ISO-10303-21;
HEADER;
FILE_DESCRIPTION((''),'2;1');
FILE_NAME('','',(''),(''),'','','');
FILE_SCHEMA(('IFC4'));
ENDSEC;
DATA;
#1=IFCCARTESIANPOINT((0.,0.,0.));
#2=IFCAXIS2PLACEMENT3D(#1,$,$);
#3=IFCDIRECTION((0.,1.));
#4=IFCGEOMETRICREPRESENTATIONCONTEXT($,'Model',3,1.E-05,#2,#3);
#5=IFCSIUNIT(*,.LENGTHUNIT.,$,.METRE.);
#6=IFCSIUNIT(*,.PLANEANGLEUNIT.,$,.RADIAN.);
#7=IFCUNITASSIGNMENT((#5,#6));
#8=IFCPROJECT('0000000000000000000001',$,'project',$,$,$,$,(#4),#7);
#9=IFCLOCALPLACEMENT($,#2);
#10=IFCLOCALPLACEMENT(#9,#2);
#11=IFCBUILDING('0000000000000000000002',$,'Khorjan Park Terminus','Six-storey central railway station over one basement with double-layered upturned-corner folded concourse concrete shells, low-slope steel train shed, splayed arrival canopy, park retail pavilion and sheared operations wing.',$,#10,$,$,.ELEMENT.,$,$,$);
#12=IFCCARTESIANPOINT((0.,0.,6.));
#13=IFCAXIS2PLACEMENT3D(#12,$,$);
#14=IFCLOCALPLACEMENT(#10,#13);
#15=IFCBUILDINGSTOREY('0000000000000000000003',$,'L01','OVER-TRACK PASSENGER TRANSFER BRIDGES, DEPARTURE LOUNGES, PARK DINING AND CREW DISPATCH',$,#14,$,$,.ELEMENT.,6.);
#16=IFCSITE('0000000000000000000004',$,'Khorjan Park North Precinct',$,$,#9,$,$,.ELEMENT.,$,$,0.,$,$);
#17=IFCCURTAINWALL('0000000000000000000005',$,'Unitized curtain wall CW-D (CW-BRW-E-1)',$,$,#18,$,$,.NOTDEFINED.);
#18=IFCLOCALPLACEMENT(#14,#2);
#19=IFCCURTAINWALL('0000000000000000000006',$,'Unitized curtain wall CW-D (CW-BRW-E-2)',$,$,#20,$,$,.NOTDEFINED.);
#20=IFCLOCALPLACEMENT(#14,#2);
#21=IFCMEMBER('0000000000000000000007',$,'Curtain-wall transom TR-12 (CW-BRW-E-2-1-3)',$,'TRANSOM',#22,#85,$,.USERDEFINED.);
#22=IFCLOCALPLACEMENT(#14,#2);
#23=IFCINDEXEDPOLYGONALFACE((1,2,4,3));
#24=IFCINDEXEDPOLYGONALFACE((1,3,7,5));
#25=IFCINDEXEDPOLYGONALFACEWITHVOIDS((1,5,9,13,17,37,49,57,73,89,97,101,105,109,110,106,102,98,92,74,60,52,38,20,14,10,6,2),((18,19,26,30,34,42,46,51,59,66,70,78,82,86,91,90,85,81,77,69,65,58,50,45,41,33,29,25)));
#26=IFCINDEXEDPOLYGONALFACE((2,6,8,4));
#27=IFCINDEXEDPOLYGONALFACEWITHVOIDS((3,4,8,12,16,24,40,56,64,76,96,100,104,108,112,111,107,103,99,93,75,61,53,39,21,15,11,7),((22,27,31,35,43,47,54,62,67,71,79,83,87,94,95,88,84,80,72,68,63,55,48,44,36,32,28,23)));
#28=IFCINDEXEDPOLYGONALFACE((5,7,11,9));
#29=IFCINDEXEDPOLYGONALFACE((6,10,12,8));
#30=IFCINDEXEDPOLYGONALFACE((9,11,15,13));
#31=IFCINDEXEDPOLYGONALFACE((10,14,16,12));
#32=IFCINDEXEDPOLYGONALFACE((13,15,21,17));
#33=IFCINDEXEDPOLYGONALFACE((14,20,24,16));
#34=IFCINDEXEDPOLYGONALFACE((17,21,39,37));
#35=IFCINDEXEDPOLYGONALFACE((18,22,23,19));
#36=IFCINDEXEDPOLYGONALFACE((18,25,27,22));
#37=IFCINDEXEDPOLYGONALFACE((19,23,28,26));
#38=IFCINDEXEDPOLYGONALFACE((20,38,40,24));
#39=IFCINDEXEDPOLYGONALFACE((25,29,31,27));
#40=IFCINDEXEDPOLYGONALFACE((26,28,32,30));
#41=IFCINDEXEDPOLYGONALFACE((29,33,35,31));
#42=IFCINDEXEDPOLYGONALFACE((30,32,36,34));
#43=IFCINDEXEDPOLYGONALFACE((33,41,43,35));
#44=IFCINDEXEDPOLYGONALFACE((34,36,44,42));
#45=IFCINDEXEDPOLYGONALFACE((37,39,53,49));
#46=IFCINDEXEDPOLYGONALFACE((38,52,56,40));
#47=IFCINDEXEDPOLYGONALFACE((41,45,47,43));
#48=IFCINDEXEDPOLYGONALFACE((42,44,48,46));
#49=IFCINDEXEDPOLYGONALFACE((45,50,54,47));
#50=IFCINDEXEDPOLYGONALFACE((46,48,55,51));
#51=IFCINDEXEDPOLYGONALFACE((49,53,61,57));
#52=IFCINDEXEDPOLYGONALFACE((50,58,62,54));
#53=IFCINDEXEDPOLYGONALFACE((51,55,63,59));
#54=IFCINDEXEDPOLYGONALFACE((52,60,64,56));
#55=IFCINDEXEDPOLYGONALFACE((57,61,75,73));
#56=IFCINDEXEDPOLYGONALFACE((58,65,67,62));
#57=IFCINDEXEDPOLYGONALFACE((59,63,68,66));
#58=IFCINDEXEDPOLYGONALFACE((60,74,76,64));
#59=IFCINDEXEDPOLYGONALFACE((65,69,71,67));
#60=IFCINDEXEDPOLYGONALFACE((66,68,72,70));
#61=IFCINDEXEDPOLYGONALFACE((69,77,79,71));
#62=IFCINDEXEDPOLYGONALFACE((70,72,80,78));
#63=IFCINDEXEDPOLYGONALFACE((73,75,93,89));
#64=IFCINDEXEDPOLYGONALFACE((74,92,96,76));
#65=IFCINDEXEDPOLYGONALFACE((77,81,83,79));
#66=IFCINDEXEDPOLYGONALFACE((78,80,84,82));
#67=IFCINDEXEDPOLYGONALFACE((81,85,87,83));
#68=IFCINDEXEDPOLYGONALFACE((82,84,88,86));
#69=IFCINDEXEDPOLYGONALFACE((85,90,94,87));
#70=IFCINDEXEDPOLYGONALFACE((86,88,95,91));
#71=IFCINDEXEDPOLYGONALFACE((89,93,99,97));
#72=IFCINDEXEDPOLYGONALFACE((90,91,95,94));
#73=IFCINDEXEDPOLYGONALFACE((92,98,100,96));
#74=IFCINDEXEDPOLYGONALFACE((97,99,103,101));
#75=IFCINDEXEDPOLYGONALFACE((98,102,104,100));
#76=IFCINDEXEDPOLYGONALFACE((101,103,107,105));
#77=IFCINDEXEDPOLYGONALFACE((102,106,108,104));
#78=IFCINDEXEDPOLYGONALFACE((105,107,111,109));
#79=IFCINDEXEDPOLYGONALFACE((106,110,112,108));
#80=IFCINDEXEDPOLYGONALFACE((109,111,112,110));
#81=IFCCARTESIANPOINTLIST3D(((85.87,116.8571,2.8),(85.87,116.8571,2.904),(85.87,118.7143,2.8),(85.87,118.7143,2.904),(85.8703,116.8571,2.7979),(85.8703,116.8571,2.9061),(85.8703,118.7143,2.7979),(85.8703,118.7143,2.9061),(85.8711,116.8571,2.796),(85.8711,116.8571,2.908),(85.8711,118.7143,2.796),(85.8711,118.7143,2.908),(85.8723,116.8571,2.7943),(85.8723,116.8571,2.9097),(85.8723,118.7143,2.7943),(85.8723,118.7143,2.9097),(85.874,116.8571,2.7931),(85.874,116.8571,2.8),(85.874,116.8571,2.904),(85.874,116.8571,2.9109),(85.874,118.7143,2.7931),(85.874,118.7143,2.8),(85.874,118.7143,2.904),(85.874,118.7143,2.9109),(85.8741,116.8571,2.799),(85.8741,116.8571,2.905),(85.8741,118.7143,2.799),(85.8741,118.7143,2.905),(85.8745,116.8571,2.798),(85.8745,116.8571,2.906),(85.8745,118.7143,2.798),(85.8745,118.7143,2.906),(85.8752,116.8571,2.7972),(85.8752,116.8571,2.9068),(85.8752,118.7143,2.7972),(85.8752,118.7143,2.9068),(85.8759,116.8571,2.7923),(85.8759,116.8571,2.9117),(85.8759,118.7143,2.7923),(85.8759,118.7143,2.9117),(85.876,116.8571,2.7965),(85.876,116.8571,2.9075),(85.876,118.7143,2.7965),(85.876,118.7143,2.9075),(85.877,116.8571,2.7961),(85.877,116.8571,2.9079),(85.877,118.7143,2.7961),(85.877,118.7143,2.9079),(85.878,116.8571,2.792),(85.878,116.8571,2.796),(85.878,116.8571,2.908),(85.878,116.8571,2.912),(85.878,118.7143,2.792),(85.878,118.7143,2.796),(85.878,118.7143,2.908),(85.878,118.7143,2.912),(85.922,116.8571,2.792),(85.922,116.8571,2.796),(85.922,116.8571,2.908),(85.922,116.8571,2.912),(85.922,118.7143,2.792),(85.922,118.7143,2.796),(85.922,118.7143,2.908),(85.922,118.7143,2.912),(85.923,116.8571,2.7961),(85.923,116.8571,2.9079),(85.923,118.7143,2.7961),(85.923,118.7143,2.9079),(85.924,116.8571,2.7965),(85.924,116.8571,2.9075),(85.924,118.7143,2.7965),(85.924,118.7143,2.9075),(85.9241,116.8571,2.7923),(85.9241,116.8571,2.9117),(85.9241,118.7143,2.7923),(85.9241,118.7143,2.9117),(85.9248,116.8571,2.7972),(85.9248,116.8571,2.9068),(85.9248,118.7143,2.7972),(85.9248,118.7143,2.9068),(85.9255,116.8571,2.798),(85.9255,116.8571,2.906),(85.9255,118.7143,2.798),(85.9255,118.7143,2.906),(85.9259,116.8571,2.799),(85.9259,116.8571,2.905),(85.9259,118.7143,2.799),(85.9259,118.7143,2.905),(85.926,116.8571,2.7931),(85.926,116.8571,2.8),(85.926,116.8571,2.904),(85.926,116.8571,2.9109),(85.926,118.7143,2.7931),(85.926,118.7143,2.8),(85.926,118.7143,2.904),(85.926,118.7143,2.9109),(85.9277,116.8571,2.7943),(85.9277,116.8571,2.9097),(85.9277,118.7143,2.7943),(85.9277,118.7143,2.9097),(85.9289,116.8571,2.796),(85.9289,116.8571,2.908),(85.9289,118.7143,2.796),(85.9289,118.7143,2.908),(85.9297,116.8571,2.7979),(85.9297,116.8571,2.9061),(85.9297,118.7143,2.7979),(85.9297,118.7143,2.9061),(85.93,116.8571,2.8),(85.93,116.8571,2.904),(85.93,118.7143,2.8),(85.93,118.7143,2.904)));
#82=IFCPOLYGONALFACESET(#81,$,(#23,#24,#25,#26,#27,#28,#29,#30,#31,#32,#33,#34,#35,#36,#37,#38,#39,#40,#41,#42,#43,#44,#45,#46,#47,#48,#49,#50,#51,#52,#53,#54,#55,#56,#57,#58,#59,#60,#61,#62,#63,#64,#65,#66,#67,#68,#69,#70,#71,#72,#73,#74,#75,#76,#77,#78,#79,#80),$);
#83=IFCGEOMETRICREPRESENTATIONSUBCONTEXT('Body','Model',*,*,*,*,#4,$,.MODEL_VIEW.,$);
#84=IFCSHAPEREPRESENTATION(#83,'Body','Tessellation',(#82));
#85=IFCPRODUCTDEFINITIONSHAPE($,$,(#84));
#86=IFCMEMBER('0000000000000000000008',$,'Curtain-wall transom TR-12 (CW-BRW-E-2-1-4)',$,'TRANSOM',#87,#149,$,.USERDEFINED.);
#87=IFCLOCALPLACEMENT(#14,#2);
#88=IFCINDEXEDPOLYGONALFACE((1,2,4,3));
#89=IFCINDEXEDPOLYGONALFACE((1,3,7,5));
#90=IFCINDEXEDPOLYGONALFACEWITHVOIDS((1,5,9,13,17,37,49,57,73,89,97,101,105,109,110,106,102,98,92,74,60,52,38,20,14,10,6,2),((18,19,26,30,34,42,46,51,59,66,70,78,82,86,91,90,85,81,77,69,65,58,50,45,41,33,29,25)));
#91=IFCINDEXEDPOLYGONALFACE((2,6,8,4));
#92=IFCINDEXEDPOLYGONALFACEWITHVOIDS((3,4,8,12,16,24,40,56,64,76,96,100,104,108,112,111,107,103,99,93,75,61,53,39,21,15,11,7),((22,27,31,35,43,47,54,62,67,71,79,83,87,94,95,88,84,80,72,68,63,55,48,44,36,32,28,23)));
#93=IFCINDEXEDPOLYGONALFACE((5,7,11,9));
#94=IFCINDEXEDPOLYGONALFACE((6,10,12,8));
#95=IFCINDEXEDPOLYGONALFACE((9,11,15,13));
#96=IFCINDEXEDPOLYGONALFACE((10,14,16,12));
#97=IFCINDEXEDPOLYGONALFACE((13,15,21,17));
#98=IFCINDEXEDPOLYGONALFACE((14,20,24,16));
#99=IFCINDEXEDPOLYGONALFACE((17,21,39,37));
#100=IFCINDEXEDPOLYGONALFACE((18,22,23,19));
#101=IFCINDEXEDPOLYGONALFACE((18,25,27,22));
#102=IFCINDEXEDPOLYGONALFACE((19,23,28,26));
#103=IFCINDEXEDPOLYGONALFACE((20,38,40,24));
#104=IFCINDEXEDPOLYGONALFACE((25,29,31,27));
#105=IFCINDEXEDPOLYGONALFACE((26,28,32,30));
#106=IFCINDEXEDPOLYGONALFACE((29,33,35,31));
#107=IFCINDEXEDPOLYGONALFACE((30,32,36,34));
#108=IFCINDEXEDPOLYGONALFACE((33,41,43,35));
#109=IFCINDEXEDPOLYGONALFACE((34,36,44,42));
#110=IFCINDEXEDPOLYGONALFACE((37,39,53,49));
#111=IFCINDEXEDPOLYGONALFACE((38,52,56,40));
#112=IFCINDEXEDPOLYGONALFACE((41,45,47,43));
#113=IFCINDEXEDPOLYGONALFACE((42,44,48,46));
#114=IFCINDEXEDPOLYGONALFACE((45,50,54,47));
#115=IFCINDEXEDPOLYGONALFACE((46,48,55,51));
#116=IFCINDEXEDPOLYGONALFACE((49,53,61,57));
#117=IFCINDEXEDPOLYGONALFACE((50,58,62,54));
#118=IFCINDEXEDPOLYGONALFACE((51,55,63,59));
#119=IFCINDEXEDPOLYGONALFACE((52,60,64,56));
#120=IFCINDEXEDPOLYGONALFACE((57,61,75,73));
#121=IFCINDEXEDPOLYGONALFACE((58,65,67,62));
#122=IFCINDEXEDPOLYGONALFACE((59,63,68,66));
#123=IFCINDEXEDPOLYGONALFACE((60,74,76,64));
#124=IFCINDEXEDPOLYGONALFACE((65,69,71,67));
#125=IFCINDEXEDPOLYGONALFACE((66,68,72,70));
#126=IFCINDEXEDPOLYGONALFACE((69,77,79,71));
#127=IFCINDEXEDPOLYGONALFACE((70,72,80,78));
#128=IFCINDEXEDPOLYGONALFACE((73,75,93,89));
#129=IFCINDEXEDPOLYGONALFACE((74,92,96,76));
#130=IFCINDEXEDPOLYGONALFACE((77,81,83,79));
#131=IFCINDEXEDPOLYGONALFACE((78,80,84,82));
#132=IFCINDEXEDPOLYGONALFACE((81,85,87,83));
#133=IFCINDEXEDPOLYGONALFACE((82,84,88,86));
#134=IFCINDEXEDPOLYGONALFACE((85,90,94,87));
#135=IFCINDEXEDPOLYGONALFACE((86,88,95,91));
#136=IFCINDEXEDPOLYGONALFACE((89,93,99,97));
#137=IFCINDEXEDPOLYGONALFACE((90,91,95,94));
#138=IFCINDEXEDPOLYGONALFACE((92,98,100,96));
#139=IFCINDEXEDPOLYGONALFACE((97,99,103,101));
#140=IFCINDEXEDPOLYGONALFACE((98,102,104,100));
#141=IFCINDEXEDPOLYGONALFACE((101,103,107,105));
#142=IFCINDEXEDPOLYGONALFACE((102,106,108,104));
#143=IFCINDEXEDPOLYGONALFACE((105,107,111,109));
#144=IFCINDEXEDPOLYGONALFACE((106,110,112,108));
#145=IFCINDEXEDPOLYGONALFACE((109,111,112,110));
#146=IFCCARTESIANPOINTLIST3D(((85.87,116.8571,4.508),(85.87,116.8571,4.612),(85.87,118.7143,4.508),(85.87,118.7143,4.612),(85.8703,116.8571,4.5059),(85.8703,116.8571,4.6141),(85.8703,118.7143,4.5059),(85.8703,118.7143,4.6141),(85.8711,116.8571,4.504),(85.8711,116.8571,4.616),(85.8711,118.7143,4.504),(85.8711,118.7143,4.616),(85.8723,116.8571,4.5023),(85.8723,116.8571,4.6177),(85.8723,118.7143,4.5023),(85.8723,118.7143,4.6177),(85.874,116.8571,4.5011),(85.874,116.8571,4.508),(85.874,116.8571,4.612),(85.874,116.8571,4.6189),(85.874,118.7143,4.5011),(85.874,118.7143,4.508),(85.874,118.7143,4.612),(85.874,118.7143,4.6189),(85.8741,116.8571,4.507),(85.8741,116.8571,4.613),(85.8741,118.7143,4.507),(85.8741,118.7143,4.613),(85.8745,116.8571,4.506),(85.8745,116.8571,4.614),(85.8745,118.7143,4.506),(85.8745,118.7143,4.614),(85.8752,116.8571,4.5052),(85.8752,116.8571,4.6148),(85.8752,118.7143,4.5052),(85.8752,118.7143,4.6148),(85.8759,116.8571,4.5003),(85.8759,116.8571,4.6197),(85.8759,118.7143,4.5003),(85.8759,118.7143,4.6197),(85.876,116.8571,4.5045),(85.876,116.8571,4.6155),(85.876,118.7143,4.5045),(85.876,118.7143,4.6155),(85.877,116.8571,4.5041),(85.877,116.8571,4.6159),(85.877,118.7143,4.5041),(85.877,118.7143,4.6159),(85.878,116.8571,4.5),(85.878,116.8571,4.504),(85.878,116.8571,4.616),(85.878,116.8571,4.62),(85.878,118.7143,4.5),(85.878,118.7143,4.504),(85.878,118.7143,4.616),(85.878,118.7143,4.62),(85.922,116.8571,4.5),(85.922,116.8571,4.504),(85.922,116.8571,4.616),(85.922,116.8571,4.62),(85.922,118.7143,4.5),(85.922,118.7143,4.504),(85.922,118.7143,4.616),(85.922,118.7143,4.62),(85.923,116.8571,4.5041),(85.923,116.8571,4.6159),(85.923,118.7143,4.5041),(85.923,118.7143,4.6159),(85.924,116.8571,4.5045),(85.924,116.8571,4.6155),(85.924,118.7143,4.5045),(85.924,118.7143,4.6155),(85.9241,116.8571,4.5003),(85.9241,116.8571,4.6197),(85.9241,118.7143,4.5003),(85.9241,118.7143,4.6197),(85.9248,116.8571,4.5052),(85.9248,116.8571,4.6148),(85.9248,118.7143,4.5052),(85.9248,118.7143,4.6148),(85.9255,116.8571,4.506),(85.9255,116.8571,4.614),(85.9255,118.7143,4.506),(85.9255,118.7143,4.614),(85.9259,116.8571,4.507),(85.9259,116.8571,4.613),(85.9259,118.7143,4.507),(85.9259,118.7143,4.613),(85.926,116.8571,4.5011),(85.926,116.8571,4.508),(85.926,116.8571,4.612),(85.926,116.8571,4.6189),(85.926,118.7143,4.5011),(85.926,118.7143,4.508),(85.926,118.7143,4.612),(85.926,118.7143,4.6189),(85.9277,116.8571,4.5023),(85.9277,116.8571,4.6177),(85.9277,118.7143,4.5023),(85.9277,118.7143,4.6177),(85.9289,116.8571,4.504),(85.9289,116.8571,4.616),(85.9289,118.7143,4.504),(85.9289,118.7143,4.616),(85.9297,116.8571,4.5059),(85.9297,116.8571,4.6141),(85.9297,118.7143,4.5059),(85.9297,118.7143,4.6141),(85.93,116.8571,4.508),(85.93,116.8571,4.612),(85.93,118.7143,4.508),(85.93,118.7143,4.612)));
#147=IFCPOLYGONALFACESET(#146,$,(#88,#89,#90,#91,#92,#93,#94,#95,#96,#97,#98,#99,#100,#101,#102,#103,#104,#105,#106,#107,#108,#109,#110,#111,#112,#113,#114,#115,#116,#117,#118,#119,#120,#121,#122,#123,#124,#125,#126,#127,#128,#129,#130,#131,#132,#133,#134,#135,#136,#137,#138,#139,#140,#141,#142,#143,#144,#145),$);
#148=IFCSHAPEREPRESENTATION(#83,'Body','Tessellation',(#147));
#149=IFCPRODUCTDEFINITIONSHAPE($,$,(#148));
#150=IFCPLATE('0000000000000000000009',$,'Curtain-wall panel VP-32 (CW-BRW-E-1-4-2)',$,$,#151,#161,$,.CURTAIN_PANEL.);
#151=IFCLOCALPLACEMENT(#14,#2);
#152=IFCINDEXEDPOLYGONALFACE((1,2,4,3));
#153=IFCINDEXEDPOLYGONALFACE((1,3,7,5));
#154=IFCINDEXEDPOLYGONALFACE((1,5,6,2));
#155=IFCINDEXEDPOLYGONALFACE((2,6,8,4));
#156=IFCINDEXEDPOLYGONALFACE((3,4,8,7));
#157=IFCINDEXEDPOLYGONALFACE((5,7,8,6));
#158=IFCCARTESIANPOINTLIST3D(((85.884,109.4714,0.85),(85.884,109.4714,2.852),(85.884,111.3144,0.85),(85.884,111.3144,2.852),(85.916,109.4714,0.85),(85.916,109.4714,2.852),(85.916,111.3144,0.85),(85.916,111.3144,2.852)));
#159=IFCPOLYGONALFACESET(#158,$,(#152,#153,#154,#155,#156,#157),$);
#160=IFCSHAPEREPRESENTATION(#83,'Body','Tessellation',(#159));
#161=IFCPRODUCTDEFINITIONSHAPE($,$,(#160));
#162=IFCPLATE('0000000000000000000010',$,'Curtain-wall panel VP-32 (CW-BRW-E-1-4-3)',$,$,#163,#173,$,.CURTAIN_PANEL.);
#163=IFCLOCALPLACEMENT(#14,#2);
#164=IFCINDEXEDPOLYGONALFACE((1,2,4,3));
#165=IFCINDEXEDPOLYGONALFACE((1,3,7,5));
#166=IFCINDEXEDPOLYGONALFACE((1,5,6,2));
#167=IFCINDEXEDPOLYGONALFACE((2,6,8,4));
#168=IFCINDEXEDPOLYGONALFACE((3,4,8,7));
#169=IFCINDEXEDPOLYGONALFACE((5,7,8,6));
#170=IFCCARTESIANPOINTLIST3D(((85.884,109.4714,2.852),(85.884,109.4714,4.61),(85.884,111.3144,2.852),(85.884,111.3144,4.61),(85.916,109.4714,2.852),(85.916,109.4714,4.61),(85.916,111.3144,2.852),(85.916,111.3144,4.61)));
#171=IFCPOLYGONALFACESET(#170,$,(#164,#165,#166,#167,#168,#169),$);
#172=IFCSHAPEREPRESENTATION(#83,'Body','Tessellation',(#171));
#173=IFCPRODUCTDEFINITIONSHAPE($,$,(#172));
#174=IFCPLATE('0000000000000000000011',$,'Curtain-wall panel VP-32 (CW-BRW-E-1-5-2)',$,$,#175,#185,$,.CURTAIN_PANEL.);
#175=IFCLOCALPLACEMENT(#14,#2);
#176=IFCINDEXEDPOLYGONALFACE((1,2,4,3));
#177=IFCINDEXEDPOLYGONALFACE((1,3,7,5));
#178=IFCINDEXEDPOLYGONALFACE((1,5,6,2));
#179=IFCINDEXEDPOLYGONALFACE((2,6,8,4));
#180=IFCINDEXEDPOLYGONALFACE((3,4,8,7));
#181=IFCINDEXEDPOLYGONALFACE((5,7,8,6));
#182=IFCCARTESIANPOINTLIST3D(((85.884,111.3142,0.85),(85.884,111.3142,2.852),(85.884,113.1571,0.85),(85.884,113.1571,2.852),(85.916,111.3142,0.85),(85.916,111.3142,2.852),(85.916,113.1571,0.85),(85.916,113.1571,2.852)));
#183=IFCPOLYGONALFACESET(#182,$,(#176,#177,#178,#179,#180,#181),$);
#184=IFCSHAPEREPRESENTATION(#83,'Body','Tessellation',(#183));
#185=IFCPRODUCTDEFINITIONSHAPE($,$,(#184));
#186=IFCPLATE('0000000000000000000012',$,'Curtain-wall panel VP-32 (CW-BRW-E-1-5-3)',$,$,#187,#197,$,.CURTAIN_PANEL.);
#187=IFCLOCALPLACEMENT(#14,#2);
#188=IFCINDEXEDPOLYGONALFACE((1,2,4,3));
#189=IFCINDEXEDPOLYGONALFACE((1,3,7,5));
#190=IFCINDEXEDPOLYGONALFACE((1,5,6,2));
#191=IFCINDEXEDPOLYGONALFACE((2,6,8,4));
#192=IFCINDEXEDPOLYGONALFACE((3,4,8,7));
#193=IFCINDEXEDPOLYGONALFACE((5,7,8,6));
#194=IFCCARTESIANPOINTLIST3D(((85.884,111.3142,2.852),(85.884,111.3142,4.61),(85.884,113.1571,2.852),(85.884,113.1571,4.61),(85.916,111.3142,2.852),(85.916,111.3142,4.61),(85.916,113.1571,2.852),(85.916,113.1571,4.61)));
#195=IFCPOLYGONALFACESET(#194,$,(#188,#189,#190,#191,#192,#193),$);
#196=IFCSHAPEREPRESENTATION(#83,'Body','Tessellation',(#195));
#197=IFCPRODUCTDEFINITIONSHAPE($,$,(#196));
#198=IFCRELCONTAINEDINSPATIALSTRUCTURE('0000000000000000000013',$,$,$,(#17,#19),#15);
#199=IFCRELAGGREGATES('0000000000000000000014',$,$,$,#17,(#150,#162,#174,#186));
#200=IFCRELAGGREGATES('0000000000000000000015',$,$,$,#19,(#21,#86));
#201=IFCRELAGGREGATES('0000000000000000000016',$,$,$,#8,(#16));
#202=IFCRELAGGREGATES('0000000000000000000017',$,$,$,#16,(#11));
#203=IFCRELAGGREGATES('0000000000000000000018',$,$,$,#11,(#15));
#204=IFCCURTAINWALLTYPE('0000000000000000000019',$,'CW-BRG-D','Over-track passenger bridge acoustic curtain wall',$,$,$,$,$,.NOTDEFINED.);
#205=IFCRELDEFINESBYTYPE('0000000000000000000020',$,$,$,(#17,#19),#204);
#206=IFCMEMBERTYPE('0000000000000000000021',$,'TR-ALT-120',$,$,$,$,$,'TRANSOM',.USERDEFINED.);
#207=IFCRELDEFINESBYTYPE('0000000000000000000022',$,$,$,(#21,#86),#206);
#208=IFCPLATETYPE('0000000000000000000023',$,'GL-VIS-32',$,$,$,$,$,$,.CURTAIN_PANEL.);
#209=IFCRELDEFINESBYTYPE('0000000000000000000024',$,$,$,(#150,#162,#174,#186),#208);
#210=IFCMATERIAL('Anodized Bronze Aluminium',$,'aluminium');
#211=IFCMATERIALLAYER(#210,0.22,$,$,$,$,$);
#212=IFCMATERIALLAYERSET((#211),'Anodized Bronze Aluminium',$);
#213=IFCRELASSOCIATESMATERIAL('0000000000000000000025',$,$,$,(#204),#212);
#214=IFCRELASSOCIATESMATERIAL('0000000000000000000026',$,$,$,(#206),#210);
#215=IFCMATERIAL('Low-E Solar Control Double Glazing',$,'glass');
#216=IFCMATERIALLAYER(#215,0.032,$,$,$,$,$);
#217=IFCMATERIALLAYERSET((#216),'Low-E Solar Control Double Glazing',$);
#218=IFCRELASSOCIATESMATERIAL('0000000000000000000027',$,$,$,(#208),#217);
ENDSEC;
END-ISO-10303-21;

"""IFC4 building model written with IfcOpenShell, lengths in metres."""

from ifc_helpers import new_model, si_unit, direction, frame, origin, origin_2d, place, context, subcontext, project, spatial, rectangle, hollow_rectangle, extrude, material, layer, layer_set, material_profile, profile_set, type_object, element, aggregate, save


model = new_model("IFC4")

# Units and contexts
model_context = context("Model", 3, precision=1e-05, world=origin(), true_north=direction((0.0, 1.0)))
body_context = subcontext(model_context, "Body", "Model", "MODEL_VIEW")
ifc_project = project(units=[si_unit("LENGTHUNIT", "METRE"), si_unit("PLANEANGLEUNIT", "RADIAN")], contexts=[model_context])

# Site, building, storey
site_placement = place(None, origin())
site = spatial("IfcSite", under=ifc_project, at=site_placement, Name="Khorjan Park North Precinct", CompositionType="ELEMENT", RefElevation=0.0)
building_placement = place(site_placement, origin())
building = spatial("IfcBuilding", under=site, at=building_placement, Name="Khorjan Park Terminus", Description="Six-storey central railway station over one basement with double-layered upturned-corner folded concourse concrete shells, low-slope steel train shed, splayed arrival canopy, park retail pavilion and sheared operations wing.", CompositionType="ELEMENT")
storey_placement = place(building_placement, frame((0.0, 0.0, 6.0)))
storey = spatial("IfcBuildingStorey", under=building, at=storey_placement, Name="L01", Description="OVER-TRACK PASSENGER TRANSFER BRIDGES, DEPARTURE LOUNGES, PARK DINING AND CREW DISPATCH", CompositionType="ELEMENT", Elevation=6.0)

# Curtain wall
ifc_material_1 = material(Name="Anodized Bronze Aluminium", Category="aluminium")
ifc_layer_1 = layer(ifc_material_1, 0.22)
ifc_layer_set_1 = layer_set([ifc_layer_1], Name="Anodized Bronze Aluminium")
curtain_wall_type = type_object("IfcCurtainWallType", Name="CW-BRG-D", Description="Over-track passenger bridge acoustic curtain wall", PredefinedType="NOTDEFINED", material=ifc_layer_set_1)
curtain_wall_1_placement = place(storey_placement, origin())
curtain_wall_1 = element("IfcCurtainWall", 1, at=curtain_wall_1_placement, inside=storey, type_object=curtain_wall_type, Name="Unitized curtain wall CW-D (CW-BRW-E-1)", PredefinedType="NOTDEFINED")

# Curtain wall
curtain_wall_2_placement = place(storey_placement, origin())
curtain_wall_2 = element("IfcCurtainWall", 2, at=curtain_wall_2_placement, inside=storey, type_object=curtain_wall_type, Name="Unitized curtain wall CW-D (CW-BRW-E-2)", PredefinedType="NOTDEFINED")

# Members
ifc_material_profile_1 = material_profile(ifc_material_1, hollow_rectangle(XDim=0.06, YDim=0.12, WallThickness=0.004, InnerFilletRadius=0.004, OuterFilletRadius=0.008, at=origin_2d()), Name="ALT 60x120x4")
ifc_profile_set_1 = profile_set([ifc_material_profile_1], Name="Anodized Bronze Aluminium")
member_type_1 = type_object("IfcMemberType", Name="TR-ALT-120", ElementType="TRANSOM", PredefinedType="USERDEFINED", material=ifc_profile_set_1)
member_1_placement = place(storey_placement, frame((85.9, 116.8571, 2.852), z_axis=(0.0, 1.0, 0.0), x_axis=(-1.0, 0.0, 0.0)))
member_1 = element("IfcMember", 3, at=member_1_placement, type_object=member_type_1, Name="Curtain-wall transom TR-12 (CW-BRW-E-2-1-3)", ObjectType="TRANSOM", PredefinedType="USERDEFINED", context=body_context, shape_type="SweptSolid", body=[
    extrude(hollow_rectangle(XDim=0.06, YDim=0.12, WallThickness=0.004, InnerFilletRadius=0.004, OuterFilletRadius=0.008, at=origin_2d()), origin(), (0.0, 0.0, 1.0), 1.8572),
])
member_2_placement = place(storey_placement, frame((85.9, 116.8571, 4.56), z_axis=(0.0, 1.0, 0.0), x_axis=(-1.0, 0.0, 0.0)))
member_2 = element("IfcMember", 4, at=member_2_placement, type_object=member_type_1, Name="Curtain-wall transom TR-12 (CW-BRW-E-2-1-4)", ObjectType="TRANSOM", PredefinedType="USERDEFINED", context=body_context, shape_type="SweptSolid", body=[
    extrude(hollow_rectangle(XDim=0.06, YDim=0.12, WallThickness=0.004, InnerFilletRadius=0.004, OuterFilletRadius=0.008, at=origin_2d()), origin(), (0.0, 0.0, 1.0), 1.8572),
])

# Plates
ifc_material_2 = material(Name="Low-E Solar Control Double Glazing", Category="glass")
ifc_layer_2 = layer(ifc_material_2, 0.032)
ifc_layer_set_2 = layer_set([ifc_layer_2], Name="Low-E Solar Control Double Glazing")
plate_type_1 = type_object("IfcPlateType", Name="GL-VIS-32", PredefinedType="CURTAIN_PANEL", material=ifc_layer_set_2)
plate_1_placement = place(storey_placement, frame((85.9, 110.3929, 0.85), z_axis=(0.0, 0.0, 1.0), x_axis=(0.0, 1.0, 0.0)))
plate_1 = element("IfcPlate", 5, at=plate_1_placement, type_object=plate_type_1, Name="Curtain-wall panel VP-32 (CW-BRW-E-1-4-2)", PredefinedType="CURTAIN_PANEL", context=body_context, shape_type="SweptSolid", body=[
    extrude(rectangle(XDim=1.8429, YDim=0.032, at=origin_2d()), origin(), (0.0, 0.0, 1.0), 2.002),
])
plate_2_placement = place(storey_placement, frame((85.9, 110.3929, 2.852), z_axis=(0.0, 0.0, 1.0), x_axis=(0.0, 1.0, 0.0)))
plate_2 = element("IfcPlate", 6, at=plate_2_placement, type_object=plate_type_1, Name="Curtain-wall panel VP-32 (CW-BRW-E-1-4-3)", PredefinedType="CURTAIN_PANEL", context=body_context, shape_type="SweptSolid", body=[
    extrude(rectangle(XDim=1.8429, YDim=0.032, at=origin_2d()), origin(), (0.0, 0.0, 1.0), 1.758),
])
plate_3_placement = place(storey_placement, frame((85.9, 112.2357, 0.85), z_axis=(0.0, 0.0, 1.0), x_axis=(0.0, 1.0, 0.0)))
plate_3 = element("IfcPlate", 7, at=plate_3_placement, type_object=plate_type_1, Name="Curtain-wall panel VP-32 (CW-BRW-E-1-5-2)", PredefinedType="CURTAIN_PANEL", context=body_context, shape_type="SweptSolid", body=[
    extrude(rectangle(XDim=1.8429, YDim=0.032, at=origin_2d()), origin(), (0.0, 0.0, 1.0), 2.002),
])
plate_4_placement = place(storey_placement, frame((85.9, 112.2357, 2.852), z_axis=(0.0, 0.0, 1.0), x_axis=(0.0, 1.0, 0.0)))
plate_4 = element("IfcPlate", 8, at=plate_4_placement, type_object=plate_type_1, Name="Curtain-wall panel VP-32 (CW-BRW-E-1-5-3)", PredefinedType="CURTAIN_PANEL", context=body_context, shape_type="SweptSolid", body=[
    extrude(rectangle(XDim=1.8429, YDim=0.032, at=origin_2d()), origin(), (0.0, 0.0, 1.0), 1.758),
])
aggregate(curtain_wall_1, [plate_1, plate_2, plate_3, plate_4])
aggregate(curtain_wall_2, [member_1, member_2])

save(model, "model.ifc")
